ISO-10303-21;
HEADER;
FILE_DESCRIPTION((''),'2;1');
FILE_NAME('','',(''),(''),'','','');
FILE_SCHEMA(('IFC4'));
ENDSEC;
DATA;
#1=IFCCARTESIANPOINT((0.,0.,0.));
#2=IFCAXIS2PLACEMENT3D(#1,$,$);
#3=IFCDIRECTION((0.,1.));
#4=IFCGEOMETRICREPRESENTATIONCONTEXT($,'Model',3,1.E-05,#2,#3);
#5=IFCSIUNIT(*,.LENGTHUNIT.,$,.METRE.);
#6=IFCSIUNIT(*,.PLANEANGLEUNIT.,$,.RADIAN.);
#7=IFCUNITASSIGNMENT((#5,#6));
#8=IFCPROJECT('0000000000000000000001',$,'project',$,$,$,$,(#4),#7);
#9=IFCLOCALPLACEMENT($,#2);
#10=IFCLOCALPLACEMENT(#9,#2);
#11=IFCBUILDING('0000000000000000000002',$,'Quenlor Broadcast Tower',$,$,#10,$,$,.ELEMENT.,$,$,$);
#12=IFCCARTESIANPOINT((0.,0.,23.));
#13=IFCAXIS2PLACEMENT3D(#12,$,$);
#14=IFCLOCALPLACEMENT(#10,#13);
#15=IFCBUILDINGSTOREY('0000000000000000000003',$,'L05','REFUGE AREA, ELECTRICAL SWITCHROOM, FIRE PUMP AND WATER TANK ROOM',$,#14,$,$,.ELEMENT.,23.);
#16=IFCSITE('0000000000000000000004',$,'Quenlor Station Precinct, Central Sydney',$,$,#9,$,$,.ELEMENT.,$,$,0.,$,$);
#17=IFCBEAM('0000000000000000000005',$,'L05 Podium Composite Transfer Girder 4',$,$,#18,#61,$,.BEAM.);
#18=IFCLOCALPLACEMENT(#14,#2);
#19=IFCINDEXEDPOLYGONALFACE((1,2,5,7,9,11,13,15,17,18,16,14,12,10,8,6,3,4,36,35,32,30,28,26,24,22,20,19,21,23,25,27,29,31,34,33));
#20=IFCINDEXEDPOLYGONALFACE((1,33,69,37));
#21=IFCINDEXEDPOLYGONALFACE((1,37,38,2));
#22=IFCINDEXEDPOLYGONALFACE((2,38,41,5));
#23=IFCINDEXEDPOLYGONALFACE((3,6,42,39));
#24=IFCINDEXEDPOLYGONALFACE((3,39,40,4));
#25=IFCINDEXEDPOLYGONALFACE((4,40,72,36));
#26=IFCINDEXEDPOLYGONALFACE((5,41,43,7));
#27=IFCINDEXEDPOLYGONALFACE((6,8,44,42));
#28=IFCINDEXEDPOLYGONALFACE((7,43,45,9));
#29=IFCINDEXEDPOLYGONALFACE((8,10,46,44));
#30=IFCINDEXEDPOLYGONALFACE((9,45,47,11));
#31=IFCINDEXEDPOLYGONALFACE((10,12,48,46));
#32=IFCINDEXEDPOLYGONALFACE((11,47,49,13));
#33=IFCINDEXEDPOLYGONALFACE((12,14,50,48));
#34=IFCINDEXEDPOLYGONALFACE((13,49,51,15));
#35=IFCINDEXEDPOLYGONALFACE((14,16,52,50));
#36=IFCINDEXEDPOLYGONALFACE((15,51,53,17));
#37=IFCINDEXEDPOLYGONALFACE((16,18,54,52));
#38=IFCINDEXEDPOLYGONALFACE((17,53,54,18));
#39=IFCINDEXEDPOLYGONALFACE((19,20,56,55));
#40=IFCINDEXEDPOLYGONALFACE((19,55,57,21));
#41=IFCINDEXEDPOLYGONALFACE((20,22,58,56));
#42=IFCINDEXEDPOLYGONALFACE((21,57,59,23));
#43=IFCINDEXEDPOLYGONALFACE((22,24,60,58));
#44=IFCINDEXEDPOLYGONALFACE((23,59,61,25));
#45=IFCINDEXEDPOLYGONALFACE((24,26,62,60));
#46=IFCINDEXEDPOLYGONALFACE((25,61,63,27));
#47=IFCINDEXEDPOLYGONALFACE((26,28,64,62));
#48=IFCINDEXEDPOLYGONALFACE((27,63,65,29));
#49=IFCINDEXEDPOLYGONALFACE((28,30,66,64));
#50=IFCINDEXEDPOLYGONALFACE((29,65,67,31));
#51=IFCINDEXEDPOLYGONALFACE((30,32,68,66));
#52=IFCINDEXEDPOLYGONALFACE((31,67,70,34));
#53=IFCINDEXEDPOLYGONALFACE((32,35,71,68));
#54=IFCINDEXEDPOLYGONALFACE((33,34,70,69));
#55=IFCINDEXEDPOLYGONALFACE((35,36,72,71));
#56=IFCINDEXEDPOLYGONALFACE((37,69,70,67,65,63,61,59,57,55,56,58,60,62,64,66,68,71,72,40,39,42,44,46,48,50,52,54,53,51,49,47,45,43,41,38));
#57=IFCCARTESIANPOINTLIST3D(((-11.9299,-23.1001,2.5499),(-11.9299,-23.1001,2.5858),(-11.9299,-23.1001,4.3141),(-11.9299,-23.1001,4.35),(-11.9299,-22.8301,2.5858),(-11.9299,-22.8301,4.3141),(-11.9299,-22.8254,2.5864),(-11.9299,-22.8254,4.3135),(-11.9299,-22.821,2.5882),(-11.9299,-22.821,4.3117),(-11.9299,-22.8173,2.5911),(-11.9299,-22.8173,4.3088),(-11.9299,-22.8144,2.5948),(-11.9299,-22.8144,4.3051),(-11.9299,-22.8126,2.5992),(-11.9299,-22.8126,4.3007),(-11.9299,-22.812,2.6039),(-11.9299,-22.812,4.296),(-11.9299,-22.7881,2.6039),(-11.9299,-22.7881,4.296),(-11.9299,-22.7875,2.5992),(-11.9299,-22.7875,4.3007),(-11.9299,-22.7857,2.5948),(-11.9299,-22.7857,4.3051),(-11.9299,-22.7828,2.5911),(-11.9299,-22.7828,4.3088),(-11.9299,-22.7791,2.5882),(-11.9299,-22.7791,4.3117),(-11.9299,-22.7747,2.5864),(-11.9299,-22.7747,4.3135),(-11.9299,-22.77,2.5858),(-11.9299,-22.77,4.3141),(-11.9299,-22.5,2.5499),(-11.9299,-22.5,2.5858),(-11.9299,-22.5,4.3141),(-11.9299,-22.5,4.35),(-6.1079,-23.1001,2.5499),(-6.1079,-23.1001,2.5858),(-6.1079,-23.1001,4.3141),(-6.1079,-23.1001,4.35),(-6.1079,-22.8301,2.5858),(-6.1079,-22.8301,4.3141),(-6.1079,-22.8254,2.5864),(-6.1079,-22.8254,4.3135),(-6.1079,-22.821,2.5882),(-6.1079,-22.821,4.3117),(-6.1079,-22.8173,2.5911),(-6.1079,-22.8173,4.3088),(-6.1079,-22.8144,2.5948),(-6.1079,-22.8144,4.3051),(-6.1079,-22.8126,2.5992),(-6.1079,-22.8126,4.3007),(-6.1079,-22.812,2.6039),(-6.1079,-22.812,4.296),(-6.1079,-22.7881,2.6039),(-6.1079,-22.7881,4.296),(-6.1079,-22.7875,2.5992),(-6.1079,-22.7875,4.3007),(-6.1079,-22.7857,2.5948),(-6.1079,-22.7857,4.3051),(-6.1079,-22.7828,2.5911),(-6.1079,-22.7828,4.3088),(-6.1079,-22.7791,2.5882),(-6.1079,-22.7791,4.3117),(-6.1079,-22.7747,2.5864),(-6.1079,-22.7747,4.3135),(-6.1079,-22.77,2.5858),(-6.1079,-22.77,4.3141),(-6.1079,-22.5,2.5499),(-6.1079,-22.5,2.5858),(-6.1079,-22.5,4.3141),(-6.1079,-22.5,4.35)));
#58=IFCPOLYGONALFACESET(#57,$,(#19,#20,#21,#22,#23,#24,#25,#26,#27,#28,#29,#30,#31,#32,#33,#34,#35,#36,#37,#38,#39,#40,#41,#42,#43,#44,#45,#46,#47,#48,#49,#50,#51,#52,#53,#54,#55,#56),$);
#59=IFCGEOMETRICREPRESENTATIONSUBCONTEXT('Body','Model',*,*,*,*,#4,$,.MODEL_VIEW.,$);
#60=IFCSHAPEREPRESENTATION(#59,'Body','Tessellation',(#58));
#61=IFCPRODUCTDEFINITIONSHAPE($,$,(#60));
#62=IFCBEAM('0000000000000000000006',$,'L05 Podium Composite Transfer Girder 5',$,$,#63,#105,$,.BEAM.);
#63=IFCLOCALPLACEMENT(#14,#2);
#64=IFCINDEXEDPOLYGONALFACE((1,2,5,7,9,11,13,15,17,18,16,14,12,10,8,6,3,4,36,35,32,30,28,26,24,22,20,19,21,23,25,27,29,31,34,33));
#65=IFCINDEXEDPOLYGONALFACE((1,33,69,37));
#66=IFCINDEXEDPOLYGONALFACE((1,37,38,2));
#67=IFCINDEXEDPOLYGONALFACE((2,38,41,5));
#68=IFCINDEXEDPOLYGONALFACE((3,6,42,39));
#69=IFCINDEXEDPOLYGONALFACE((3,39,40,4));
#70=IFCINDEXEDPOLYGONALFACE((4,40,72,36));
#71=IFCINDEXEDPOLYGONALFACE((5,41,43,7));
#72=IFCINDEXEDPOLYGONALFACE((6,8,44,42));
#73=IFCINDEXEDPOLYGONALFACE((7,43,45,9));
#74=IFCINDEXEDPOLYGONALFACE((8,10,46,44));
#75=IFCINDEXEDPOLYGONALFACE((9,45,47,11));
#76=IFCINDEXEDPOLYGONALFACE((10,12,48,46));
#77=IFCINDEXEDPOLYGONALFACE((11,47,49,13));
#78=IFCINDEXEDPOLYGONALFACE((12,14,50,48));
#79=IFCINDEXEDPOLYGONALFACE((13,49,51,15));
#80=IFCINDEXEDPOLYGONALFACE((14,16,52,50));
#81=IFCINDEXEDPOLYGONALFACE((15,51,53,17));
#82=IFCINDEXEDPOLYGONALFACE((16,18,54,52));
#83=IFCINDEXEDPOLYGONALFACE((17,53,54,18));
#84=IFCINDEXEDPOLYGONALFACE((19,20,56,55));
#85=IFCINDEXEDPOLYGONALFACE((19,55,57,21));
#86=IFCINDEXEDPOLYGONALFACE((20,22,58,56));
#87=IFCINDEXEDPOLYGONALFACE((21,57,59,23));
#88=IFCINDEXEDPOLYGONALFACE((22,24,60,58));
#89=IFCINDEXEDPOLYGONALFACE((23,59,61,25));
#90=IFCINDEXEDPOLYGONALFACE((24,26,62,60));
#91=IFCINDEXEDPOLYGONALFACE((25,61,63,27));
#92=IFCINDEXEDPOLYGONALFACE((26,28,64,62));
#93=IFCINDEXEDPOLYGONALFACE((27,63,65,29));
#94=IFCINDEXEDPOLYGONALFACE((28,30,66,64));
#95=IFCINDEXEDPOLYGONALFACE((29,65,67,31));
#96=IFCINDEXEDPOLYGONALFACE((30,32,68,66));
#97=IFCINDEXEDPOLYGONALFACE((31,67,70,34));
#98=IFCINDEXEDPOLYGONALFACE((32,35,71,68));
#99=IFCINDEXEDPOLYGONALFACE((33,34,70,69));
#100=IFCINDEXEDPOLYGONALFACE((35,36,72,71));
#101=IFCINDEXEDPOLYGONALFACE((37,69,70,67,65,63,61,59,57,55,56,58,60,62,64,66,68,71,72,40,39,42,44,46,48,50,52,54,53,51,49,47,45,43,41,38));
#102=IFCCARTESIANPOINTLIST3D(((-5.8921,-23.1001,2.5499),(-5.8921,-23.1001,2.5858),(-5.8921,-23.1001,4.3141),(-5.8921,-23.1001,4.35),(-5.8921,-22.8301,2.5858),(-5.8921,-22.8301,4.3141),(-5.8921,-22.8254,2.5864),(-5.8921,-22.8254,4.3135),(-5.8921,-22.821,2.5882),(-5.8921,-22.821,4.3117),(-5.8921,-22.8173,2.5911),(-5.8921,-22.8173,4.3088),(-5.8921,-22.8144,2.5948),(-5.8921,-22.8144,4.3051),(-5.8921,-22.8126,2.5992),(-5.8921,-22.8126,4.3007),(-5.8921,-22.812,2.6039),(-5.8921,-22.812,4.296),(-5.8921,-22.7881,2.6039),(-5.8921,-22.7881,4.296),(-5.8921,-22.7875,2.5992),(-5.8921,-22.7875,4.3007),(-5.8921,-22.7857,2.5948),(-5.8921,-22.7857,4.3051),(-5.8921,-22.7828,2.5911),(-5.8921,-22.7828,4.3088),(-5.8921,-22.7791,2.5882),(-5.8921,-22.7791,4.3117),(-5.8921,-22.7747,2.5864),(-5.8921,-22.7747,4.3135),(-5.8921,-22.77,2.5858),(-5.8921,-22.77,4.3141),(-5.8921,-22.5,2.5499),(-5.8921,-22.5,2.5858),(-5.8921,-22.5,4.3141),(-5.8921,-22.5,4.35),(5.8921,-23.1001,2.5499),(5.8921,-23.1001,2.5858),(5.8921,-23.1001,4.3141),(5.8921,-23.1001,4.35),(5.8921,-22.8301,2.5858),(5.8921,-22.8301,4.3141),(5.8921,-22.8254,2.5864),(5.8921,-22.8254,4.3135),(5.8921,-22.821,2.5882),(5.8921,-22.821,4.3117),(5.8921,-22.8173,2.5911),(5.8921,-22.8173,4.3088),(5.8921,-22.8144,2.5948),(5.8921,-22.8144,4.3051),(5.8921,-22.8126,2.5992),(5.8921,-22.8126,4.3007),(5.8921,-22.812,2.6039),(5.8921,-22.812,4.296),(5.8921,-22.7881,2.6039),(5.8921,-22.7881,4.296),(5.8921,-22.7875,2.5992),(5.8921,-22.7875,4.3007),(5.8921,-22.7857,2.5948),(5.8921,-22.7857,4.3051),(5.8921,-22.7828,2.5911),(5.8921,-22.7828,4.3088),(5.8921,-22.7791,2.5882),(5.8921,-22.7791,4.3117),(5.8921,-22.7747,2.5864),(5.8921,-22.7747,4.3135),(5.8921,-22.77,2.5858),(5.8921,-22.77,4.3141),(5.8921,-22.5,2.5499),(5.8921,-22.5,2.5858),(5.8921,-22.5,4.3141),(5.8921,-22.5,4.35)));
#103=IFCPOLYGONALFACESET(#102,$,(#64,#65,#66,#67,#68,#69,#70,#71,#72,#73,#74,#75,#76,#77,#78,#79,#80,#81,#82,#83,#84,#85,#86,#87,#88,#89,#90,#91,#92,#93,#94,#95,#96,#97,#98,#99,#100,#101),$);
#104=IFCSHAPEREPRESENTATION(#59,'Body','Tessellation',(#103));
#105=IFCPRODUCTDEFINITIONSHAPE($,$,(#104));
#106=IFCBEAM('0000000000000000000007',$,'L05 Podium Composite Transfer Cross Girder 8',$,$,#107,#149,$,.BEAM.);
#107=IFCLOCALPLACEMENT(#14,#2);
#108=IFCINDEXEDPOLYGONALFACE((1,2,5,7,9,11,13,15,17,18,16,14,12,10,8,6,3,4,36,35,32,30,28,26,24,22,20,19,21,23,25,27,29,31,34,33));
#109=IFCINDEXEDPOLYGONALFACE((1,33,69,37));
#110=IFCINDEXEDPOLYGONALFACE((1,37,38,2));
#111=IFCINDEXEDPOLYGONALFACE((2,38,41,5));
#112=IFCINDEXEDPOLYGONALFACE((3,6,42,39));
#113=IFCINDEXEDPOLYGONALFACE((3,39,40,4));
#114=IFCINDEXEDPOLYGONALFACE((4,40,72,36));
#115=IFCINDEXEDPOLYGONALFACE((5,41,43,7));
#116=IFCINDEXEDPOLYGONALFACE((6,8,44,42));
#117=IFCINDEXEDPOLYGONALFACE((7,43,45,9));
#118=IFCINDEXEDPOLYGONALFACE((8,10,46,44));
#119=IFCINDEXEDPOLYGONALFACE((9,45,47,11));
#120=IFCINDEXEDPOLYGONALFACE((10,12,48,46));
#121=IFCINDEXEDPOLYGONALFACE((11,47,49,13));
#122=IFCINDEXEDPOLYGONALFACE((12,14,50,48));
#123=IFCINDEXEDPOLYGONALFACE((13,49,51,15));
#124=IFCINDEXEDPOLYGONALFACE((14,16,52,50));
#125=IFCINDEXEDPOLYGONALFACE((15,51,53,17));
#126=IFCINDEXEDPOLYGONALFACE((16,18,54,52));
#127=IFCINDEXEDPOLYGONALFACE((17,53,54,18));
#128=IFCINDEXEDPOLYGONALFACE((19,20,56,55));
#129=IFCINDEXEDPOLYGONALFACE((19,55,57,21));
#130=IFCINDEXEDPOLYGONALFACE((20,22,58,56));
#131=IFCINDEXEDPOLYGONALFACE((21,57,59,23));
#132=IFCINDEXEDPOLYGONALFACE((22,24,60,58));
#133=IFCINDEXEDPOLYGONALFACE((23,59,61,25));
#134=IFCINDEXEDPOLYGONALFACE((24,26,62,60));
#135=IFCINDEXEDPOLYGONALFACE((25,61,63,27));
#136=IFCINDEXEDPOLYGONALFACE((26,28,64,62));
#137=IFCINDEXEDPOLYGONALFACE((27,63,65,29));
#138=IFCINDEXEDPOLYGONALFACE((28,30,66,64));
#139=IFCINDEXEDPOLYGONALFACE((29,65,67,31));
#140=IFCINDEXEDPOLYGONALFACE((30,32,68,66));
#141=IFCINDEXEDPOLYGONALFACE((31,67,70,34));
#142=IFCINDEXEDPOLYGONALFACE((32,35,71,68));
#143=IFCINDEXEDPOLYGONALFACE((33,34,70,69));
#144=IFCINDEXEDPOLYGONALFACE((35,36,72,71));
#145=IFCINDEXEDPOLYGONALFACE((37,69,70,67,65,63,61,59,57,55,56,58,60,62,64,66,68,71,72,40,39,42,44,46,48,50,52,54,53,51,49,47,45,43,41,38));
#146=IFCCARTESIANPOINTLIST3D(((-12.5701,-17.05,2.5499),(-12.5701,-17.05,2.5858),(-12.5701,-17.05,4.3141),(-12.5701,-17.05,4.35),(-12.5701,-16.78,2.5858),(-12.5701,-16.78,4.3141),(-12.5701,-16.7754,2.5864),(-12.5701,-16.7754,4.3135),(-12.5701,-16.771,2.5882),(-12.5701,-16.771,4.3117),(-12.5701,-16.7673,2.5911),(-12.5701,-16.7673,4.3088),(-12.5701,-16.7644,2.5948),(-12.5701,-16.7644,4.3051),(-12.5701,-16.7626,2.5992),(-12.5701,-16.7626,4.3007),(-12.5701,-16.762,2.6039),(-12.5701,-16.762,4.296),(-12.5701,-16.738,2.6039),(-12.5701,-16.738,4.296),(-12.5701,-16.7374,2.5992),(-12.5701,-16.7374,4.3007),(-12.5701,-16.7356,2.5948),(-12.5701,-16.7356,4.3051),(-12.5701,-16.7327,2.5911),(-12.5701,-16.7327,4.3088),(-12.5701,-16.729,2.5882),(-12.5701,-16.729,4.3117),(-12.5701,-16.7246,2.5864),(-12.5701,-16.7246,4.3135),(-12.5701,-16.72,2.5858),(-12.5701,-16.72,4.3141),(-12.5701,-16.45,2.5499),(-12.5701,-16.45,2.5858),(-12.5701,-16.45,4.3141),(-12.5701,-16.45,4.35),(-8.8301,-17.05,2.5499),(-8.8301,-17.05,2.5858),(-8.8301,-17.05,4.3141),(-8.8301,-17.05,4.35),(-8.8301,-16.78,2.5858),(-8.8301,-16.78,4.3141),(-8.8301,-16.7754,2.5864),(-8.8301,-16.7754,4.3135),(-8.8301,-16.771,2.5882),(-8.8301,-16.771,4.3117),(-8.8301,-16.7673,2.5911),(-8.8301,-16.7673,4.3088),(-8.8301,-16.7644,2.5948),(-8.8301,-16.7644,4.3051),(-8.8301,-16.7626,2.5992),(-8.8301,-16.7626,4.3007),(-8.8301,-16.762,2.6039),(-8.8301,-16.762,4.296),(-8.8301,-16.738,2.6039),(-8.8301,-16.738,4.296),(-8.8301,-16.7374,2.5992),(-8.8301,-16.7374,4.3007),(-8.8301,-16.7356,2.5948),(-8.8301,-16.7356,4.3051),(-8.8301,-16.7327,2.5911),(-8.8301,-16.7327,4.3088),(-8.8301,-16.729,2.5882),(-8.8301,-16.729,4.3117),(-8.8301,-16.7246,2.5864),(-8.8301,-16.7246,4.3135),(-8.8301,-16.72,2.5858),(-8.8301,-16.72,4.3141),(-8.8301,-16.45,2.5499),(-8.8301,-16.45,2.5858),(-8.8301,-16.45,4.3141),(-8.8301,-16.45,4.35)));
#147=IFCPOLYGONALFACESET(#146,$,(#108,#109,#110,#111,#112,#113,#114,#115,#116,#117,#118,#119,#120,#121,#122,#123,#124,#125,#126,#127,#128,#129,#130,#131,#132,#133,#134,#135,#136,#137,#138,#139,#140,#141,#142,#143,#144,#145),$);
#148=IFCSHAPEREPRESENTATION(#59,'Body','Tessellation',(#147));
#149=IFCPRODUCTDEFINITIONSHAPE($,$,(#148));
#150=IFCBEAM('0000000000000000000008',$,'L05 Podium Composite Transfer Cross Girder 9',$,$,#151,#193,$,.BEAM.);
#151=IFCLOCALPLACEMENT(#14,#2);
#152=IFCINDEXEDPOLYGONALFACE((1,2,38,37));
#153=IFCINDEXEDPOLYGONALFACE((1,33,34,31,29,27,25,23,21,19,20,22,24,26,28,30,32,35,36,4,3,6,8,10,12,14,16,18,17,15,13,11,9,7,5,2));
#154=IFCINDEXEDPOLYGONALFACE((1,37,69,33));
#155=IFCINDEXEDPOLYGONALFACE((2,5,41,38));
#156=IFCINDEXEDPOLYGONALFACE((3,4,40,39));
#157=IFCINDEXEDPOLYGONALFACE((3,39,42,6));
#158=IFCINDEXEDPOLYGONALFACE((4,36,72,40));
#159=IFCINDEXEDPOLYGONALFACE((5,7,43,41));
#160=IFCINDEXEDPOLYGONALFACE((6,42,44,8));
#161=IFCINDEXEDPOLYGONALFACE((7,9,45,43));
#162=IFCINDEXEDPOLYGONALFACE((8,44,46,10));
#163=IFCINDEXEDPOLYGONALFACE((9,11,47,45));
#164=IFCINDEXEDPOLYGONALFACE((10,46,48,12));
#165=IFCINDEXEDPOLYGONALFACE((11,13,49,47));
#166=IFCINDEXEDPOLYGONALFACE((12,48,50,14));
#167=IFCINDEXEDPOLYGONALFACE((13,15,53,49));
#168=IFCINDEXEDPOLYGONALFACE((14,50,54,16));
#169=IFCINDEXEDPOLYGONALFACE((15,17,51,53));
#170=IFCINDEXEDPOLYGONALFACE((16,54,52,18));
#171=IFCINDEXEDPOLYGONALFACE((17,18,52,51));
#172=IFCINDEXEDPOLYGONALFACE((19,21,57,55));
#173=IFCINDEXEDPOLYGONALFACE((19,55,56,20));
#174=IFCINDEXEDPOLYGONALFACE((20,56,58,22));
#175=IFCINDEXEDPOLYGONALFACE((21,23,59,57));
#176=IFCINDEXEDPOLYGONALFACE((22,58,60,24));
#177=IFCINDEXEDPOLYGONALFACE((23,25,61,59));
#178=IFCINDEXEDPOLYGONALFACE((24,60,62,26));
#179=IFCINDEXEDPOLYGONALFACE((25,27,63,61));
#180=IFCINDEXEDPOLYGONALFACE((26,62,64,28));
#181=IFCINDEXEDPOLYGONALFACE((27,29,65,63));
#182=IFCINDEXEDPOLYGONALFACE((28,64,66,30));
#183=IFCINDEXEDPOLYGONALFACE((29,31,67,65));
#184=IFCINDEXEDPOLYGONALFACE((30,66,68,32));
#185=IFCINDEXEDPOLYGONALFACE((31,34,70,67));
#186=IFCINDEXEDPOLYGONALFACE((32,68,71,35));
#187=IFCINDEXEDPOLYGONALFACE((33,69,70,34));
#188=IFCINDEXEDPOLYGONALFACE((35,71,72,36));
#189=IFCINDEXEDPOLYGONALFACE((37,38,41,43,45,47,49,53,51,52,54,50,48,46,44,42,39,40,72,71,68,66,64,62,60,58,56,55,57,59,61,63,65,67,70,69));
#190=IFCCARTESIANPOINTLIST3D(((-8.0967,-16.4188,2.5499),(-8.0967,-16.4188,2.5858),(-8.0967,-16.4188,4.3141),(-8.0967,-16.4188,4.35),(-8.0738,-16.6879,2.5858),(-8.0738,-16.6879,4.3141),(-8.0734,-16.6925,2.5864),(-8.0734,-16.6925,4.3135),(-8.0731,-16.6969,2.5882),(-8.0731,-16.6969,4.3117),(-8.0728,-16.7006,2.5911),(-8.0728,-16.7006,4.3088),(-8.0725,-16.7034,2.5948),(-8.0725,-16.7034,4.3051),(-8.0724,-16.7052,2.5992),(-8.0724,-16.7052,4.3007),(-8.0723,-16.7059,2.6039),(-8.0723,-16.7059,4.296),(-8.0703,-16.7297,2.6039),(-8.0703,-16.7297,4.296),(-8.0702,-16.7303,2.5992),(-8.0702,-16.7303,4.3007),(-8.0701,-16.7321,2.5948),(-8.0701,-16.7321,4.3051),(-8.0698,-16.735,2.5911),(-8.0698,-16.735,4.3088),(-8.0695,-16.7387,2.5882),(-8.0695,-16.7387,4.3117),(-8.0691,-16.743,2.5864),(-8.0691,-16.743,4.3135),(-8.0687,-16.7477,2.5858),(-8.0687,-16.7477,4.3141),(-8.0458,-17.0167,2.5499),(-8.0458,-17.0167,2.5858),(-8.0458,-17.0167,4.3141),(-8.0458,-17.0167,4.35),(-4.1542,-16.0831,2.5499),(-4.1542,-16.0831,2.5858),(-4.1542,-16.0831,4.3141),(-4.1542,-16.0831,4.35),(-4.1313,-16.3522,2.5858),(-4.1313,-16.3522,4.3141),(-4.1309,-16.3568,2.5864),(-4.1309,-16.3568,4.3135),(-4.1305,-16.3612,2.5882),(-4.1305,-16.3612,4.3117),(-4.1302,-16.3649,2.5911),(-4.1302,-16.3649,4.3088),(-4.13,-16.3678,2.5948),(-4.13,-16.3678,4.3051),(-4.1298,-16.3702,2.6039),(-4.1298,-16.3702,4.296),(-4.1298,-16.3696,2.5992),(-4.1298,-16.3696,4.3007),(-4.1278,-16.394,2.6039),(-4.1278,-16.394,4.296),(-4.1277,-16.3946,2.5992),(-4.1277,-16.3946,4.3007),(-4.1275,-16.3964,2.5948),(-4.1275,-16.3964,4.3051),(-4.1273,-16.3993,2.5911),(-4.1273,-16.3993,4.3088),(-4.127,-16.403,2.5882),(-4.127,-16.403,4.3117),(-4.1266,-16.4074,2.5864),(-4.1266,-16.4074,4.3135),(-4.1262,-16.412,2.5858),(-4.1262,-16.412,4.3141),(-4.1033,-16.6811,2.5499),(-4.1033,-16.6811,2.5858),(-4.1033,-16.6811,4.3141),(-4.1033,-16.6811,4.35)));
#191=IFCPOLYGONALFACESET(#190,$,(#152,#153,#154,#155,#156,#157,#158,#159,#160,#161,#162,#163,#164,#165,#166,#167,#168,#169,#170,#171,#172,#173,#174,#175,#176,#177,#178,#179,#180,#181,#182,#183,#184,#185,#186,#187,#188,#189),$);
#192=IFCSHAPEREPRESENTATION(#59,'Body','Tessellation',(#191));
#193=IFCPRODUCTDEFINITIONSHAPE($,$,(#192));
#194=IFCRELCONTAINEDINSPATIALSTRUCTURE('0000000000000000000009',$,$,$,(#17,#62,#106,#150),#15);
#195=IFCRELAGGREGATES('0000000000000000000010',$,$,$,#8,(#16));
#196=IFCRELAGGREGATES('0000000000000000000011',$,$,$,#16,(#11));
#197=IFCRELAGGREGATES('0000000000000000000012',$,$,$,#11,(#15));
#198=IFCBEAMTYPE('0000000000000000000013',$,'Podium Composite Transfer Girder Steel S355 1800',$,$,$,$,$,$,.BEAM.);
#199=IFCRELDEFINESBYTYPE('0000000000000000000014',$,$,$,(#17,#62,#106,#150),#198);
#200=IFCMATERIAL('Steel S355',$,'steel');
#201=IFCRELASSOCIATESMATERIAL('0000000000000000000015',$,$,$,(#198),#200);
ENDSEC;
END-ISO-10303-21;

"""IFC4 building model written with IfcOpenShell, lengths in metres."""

from ifc_helpers import new_model, si_unit, direction, frame, origin, origin_2d, place, context, subcontext, project, spatial, i_section, extrude, material, material_profile, profile_set, type_object, element, save


model = new_model("IFC4")

# Units and contexts
model_context = context("Model", 3, precision=1e-05, world=origin(), true_north=direction((0.0, 1.0)))
body_context = subcontext(model_context, "Body", "Model", "MODEL_VIEW")
ifc_project = project(units=[si_unit("LENGTHUNIT", "METRE"), si_unit("PLANEANGLEUNIT", "RADIAN")], contexts=[model_context])

# Site, building, storey
site_placement = place(None, origin())
site = spatial("IfcSite", under=ifc_project, at=site_placement, Name="Quenlor Station Precinct, Central Sydney", CompositionType="ELEMENT", RefElevation=0.0)
building_placement = place(site_placement, origin())
building = spatial("IfcBuilding", under=site, at=building_placement, Name="Quenlor Broadcast Tower", CompositionType="ELEMENT")
storey_placement = place(building_placement, frame((0.0, 0.0, 23.0)))
storey = spatial("IfcBuildingStorey", under=building, at=storey_placement, Name="L05", Description="REFUGE AREA, ELECTRICAL SWITCHROOM, FIRE PUMP AND WATER TANK ROOM", CompositionType="ELEMENT", Elevation=23.0)

# Beams
ifc_material_1 = material(Name="Steel S355", Category="steel")
ifc_material_profile_1 = material_profile(ifc_material_1, i_section(OverallWidth=0.6001, OverallDepth=1.8, WebThickness=0.0239, FlangeThickness=0.0359, FilletRadius=0.0181, at=origin_2d()))
ifc_profile_set_1 = profile_set([ifc_material_profile_1], Name="Steel S355 1800TG620")
beam_type = type_object("IfcBeamType", Name="Podium Composite Transfer Girder Steel S355 1800", PredefinedType="BEAM", material=ifc_profile_set_1)
beam_1_placement = place(storey_placement, frame((-11.9299, -22.8, 3.45), z_axis=(1.0, 0.0, 0.0), x_axis=(0.0, 1.0, 0.0)))
element("IfcBeam", 1, at=beam_1_placement, inside=storey, type_object=beam_type, Name="L05 Podium Composite Transfer Girder 4", PredefinedType="BEAM", context=body_context, shape_type="SweptSolid", body=[
    extrude(i_section(OverallWidth=0.6001, OverallDepth=1.8, WebThickness=0.0239, FlangeThickness=0.0359, FilletRadius=0.0181, at=origin_2d()), origin(), (0.0, 0.0, 1.0), 5.822),
])
beam_2_placement = place(storey_placement, frame((-5.8921, -22.8, 3.45), z_axis=(1.0, 0.0, 0.0), x_axis=(0.0, 1.0, 0.0)))
element("IfcBeam", 2, at=beam_2_placement, inside=storey, type_object=beam_type, Name="L05 Podium Composite Transfer Girder 5", PredefinedType="BEAM", context=body_context, shape_type="SweptSolid", body=[
    extrude(i_section(OverallWidth=0.6001, OverallDepth=1.8, WebThickness=0.0239, FlangeThickness=0.0359, FilletRadius=0.0181, at=origin_2d()), origin(), (0.0, 0.0, 1.0), 11.7842),
])
beam_3_placement = place(storey_placement, frame((-12.5701, -16.75, 3.45), z_axis=(1.0, 0.0, 0.0), x_axis=(0.0, 1.0, 0.0)))
element("IfcBeam", 3, at=beam_3_placement, inside=storey, type_object=beam_type, Name="L05 Podium Composite Transfer Cross Girder 8", PredefinedType="BEAM", context=body_context, shape_type="SweptSolid", body=[
    extrude(i_section(OverallWidth=0.6001, OverallDepth=1.8, WebThickness=0.0239, FlangeThickness=0.0359, FilletRadius=0.0181, at=origin_2d()), origin(), (0.0, 0.0, 1.0), 3.74),
])
beam_4_placement = place(storey_placement, frame((-8.0713, -16.7178, 3.45), z_axis=(0.996395, 0.084838, 0.0), x_axis=(-0.084838, 0.996395, 0.0)))
element("IfcBeam", 4, at=beam_4_placement, inside=storey, type_object=beam_type, Name="L05 Podium Composite Transfer Cross Girder 9", PredefinedType="BEAM", context=body_context, shape_type="SweptSolid", body=[
    extrude(i_section(OverallWidth=0.6001, OverallDepth=1.8, WebThickness=0.0239, FlangeThickness=0.0359, FilletRadius=0.0181, at=origin_2d()), origin(), (0.0, 0.0, 1.0), 3.9568),
])

save(model, "model.ifc")
